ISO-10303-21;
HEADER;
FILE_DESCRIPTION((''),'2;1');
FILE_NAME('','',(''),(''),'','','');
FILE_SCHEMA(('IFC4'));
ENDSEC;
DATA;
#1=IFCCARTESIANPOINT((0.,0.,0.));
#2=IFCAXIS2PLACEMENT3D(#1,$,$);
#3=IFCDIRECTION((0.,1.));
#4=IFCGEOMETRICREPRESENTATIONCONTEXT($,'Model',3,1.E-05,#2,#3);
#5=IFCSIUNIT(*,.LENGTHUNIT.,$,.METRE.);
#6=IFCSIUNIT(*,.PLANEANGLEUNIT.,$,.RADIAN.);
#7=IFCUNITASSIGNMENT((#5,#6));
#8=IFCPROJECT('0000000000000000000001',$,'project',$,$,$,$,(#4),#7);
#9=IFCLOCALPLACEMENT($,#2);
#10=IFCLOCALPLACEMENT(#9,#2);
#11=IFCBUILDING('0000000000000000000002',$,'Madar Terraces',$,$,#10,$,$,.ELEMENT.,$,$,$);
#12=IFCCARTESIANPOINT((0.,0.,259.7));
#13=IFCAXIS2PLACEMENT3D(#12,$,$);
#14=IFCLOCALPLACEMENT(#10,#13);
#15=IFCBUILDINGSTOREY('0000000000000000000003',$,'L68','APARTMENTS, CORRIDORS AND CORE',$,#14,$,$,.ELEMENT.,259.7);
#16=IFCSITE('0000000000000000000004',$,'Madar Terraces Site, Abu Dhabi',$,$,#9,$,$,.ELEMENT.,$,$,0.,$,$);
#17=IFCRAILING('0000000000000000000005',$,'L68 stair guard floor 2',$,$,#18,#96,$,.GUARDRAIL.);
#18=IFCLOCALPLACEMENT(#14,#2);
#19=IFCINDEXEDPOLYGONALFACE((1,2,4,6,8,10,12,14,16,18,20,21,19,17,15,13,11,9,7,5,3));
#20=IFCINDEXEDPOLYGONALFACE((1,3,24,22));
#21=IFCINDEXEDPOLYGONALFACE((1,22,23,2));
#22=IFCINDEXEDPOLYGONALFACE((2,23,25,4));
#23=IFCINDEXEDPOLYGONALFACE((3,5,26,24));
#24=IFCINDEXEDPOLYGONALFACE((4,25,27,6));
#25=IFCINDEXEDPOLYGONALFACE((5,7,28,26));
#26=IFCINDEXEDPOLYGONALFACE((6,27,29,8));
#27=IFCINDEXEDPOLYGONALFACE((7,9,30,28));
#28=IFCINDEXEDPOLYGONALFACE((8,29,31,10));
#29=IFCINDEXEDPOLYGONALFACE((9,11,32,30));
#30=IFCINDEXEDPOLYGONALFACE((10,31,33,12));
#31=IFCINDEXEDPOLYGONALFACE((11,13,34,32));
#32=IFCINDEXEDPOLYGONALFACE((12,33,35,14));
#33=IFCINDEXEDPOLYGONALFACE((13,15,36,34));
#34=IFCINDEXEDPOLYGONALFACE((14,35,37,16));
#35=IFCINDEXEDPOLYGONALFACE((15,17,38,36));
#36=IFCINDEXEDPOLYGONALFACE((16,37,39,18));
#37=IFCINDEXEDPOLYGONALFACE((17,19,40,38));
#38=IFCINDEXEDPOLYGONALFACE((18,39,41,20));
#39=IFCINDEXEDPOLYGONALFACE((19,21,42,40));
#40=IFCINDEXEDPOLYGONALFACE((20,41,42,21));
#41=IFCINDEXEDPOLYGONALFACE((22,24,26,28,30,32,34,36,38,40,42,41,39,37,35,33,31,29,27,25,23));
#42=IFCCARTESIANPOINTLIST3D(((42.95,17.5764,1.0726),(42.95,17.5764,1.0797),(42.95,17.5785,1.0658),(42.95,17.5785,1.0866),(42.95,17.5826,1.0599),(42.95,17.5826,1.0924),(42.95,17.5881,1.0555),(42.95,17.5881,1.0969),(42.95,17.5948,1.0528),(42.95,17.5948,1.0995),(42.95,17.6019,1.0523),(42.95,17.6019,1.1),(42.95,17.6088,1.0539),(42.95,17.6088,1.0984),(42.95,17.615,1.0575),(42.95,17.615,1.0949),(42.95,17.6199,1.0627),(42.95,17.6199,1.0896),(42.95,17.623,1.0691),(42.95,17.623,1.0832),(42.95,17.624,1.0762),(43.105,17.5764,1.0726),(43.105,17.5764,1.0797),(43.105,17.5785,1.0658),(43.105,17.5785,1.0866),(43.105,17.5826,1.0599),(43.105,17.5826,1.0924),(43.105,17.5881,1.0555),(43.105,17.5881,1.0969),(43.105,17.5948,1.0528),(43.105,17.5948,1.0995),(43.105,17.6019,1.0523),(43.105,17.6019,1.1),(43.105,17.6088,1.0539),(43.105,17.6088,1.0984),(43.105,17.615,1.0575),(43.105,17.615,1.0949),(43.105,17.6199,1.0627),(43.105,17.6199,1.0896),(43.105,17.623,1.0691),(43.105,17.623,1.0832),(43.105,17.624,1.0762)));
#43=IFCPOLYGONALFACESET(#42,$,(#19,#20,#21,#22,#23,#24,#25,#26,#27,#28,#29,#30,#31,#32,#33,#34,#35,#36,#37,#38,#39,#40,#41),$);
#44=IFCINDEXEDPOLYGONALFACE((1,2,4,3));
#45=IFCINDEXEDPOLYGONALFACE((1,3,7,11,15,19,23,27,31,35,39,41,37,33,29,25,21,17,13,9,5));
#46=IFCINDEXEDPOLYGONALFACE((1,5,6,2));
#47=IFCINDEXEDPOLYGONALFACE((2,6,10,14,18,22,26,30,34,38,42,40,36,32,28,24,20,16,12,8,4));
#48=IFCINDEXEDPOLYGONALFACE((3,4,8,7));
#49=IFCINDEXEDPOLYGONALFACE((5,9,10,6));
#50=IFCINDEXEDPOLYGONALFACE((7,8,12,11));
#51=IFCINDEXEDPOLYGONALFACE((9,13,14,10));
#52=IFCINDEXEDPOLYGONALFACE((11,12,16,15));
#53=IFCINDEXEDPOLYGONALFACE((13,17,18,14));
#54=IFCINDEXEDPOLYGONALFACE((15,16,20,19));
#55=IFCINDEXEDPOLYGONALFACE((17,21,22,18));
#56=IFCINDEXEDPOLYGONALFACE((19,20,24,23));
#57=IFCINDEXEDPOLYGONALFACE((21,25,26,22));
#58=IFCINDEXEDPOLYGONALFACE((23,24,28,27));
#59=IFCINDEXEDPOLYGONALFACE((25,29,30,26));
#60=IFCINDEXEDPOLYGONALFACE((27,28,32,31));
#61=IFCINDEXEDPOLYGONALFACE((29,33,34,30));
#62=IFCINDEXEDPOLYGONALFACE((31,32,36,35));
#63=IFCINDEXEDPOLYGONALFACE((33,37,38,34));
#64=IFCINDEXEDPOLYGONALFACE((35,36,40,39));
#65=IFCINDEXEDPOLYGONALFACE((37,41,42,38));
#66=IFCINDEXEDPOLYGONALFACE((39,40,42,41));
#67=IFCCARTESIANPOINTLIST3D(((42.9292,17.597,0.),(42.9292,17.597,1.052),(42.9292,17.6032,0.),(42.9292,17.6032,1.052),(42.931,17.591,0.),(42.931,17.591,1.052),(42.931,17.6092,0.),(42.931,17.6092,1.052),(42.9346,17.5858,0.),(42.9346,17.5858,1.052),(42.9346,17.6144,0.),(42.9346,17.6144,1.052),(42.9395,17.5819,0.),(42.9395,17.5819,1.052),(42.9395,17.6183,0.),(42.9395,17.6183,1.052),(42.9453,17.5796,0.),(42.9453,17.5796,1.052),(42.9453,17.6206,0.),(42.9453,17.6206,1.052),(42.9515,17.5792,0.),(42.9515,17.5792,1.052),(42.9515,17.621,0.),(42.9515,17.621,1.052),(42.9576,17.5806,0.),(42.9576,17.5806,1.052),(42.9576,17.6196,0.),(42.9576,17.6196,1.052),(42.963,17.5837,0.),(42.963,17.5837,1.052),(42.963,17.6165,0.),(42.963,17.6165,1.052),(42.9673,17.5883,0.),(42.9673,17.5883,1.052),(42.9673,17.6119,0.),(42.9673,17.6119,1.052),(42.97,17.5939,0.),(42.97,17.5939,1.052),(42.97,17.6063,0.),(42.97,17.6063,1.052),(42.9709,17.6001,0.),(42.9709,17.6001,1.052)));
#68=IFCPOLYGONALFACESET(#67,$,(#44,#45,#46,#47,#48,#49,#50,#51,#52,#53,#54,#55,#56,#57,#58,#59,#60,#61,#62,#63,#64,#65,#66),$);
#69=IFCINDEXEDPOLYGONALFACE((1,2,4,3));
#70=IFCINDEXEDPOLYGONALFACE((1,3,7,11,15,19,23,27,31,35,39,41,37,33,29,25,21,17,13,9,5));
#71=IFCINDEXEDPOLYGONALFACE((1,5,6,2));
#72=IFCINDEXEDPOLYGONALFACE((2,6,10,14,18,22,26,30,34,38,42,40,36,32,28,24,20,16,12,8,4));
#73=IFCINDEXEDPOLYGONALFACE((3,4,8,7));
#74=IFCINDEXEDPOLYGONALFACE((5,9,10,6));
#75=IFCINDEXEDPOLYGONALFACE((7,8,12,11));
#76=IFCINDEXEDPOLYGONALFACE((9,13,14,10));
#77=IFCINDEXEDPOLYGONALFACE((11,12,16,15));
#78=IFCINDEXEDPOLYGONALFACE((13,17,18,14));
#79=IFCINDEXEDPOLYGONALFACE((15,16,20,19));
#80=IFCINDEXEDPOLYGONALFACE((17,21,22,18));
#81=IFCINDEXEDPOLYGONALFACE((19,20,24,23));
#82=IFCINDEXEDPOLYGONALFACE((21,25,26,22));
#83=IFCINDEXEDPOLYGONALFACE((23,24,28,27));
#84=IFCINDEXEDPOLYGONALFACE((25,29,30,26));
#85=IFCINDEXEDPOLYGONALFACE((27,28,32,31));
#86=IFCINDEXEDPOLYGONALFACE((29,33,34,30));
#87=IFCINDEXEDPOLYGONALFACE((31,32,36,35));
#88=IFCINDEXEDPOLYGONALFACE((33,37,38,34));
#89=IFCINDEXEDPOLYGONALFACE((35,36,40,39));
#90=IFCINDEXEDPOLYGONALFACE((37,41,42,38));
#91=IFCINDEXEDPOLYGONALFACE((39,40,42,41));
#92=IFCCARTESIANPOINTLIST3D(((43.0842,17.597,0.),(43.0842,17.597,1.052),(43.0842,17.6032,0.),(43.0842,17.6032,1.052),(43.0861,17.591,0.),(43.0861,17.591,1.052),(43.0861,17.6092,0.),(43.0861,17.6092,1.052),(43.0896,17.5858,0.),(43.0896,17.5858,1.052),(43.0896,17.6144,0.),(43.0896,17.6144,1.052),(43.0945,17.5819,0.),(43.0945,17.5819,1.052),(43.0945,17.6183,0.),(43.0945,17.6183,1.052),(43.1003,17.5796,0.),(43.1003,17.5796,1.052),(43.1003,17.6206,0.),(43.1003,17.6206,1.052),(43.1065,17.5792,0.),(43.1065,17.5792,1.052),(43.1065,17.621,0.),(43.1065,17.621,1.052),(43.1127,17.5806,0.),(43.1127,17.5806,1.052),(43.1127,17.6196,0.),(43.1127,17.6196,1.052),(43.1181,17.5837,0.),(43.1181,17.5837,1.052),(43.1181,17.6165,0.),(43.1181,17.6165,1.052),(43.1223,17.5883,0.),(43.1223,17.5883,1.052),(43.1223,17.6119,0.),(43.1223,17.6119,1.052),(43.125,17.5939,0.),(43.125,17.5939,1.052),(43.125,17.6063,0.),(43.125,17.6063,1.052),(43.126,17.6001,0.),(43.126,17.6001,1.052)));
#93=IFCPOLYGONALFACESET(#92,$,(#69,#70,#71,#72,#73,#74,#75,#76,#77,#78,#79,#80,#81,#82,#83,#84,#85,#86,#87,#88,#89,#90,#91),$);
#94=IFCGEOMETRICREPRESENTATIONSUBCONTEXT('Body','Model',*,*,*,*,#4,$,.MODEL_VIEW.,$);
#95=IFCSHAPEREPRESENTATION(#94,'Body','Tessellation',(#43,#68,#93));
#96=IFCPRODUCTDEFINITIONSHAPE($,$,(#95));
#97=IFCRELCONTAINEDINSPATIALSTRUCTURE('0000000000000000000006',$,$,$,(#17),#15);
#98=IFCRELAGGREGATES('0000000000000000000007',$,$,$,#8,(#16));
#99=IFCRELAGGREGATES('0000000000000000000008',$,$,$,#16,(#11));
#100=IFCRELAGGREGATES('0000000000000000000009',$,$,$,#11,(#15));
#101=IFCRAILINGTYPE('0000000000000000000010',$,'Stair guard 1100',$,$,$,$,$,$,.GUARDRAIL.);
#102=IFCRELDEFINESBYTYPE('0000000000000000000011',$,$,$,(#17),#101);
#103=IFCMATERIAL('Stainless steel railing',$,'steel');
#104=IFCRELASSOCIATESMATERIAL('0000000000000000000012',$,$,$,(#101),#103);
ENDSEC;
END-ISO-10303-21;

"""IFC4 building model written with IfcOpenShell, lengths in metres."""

from ifc_helpers import new_model, si_unit, direction, frame, origin, origin_2d, place, context, subcontext, project, spatial, circle, extrude, material, type_object, element, save


model = new_model("IFC4")

# Units and contexts
model_context = context("Model", 3, precision=1e-05, world=origin(), true_north=direction((0.0, 1.0)))
body_context = subcontext(model_context, "Body", "Model", "MODEL_VIEW")
ifc_project = project(units=[si_unit("LENGTHUNIT", "METRE"), si_unit("PLANEANGLEUNIT", "RADIAN")], contexts=[model_context])

# Site, building, storey
site_placement = place(None, origin())
site = spatial("IfcSite", under=ifc_project, at=site_placement, Name="Madar Terraces Site, Abu Dhabi", CompositionType="ELEMENT", RefElevation=0.0)
building_placement = place(site_placement, origin())
building = spatial("IfcBuilding", under=site, at=building_placement, Name="Madar Terraces", CompositionType="ELEMENT")
storey_placement = place(building_placement, frame((0.0, 0.0, 259.7)))
storey = spatial("IfcBuildingStorey", under=building, at=storey_placement, Name="L68", Description="APARTMENTS, CORRIDORS AND CORE", CompositionType="ELEMENT", Elevation=259.7)

# Railing
ifc_material_1 = material(Name="Stainless steel railing", Category="steel")
railing_type_1 = type_object("IfcRailingType", Name="Stair guard 1100", PredefinedType="GUARDRAIL", material=ifc_material_1)
for number, where, name in (
    (1, (42.95, 17.6001, 0.0), "L68 stair guard floor 2"),
):
    element("IfcRailing", number, at=place(storey_placement, frame(where)), inside=storey, type_object=railing_type_1, Name=name, PredefinedType="GUARDRAIL", context=body_context, shape_type="SweptSolid", body=[
        extrude(circle(Radius=0.0239, at=origin_2d()), frame((0.0, 0.0, 1.0762), z_axis=(1.0, 0.0, 0.0), x_axis=(0.0, 1.0, 0.0)), (0.0, 0.0, 1.0), 0.155),
        extrude(circle(Radius=0.021, at=origin_2d()), origin(), (0.0, 0.0, 1.0), 1.052),
        extrude(circle(Radius=0.021, at=origin_2d()), frame((0.155, 0.0, 0.0)), (0.0, 0.0, 1.0), 1.052),
    ])

save(model, "model.ifc")
